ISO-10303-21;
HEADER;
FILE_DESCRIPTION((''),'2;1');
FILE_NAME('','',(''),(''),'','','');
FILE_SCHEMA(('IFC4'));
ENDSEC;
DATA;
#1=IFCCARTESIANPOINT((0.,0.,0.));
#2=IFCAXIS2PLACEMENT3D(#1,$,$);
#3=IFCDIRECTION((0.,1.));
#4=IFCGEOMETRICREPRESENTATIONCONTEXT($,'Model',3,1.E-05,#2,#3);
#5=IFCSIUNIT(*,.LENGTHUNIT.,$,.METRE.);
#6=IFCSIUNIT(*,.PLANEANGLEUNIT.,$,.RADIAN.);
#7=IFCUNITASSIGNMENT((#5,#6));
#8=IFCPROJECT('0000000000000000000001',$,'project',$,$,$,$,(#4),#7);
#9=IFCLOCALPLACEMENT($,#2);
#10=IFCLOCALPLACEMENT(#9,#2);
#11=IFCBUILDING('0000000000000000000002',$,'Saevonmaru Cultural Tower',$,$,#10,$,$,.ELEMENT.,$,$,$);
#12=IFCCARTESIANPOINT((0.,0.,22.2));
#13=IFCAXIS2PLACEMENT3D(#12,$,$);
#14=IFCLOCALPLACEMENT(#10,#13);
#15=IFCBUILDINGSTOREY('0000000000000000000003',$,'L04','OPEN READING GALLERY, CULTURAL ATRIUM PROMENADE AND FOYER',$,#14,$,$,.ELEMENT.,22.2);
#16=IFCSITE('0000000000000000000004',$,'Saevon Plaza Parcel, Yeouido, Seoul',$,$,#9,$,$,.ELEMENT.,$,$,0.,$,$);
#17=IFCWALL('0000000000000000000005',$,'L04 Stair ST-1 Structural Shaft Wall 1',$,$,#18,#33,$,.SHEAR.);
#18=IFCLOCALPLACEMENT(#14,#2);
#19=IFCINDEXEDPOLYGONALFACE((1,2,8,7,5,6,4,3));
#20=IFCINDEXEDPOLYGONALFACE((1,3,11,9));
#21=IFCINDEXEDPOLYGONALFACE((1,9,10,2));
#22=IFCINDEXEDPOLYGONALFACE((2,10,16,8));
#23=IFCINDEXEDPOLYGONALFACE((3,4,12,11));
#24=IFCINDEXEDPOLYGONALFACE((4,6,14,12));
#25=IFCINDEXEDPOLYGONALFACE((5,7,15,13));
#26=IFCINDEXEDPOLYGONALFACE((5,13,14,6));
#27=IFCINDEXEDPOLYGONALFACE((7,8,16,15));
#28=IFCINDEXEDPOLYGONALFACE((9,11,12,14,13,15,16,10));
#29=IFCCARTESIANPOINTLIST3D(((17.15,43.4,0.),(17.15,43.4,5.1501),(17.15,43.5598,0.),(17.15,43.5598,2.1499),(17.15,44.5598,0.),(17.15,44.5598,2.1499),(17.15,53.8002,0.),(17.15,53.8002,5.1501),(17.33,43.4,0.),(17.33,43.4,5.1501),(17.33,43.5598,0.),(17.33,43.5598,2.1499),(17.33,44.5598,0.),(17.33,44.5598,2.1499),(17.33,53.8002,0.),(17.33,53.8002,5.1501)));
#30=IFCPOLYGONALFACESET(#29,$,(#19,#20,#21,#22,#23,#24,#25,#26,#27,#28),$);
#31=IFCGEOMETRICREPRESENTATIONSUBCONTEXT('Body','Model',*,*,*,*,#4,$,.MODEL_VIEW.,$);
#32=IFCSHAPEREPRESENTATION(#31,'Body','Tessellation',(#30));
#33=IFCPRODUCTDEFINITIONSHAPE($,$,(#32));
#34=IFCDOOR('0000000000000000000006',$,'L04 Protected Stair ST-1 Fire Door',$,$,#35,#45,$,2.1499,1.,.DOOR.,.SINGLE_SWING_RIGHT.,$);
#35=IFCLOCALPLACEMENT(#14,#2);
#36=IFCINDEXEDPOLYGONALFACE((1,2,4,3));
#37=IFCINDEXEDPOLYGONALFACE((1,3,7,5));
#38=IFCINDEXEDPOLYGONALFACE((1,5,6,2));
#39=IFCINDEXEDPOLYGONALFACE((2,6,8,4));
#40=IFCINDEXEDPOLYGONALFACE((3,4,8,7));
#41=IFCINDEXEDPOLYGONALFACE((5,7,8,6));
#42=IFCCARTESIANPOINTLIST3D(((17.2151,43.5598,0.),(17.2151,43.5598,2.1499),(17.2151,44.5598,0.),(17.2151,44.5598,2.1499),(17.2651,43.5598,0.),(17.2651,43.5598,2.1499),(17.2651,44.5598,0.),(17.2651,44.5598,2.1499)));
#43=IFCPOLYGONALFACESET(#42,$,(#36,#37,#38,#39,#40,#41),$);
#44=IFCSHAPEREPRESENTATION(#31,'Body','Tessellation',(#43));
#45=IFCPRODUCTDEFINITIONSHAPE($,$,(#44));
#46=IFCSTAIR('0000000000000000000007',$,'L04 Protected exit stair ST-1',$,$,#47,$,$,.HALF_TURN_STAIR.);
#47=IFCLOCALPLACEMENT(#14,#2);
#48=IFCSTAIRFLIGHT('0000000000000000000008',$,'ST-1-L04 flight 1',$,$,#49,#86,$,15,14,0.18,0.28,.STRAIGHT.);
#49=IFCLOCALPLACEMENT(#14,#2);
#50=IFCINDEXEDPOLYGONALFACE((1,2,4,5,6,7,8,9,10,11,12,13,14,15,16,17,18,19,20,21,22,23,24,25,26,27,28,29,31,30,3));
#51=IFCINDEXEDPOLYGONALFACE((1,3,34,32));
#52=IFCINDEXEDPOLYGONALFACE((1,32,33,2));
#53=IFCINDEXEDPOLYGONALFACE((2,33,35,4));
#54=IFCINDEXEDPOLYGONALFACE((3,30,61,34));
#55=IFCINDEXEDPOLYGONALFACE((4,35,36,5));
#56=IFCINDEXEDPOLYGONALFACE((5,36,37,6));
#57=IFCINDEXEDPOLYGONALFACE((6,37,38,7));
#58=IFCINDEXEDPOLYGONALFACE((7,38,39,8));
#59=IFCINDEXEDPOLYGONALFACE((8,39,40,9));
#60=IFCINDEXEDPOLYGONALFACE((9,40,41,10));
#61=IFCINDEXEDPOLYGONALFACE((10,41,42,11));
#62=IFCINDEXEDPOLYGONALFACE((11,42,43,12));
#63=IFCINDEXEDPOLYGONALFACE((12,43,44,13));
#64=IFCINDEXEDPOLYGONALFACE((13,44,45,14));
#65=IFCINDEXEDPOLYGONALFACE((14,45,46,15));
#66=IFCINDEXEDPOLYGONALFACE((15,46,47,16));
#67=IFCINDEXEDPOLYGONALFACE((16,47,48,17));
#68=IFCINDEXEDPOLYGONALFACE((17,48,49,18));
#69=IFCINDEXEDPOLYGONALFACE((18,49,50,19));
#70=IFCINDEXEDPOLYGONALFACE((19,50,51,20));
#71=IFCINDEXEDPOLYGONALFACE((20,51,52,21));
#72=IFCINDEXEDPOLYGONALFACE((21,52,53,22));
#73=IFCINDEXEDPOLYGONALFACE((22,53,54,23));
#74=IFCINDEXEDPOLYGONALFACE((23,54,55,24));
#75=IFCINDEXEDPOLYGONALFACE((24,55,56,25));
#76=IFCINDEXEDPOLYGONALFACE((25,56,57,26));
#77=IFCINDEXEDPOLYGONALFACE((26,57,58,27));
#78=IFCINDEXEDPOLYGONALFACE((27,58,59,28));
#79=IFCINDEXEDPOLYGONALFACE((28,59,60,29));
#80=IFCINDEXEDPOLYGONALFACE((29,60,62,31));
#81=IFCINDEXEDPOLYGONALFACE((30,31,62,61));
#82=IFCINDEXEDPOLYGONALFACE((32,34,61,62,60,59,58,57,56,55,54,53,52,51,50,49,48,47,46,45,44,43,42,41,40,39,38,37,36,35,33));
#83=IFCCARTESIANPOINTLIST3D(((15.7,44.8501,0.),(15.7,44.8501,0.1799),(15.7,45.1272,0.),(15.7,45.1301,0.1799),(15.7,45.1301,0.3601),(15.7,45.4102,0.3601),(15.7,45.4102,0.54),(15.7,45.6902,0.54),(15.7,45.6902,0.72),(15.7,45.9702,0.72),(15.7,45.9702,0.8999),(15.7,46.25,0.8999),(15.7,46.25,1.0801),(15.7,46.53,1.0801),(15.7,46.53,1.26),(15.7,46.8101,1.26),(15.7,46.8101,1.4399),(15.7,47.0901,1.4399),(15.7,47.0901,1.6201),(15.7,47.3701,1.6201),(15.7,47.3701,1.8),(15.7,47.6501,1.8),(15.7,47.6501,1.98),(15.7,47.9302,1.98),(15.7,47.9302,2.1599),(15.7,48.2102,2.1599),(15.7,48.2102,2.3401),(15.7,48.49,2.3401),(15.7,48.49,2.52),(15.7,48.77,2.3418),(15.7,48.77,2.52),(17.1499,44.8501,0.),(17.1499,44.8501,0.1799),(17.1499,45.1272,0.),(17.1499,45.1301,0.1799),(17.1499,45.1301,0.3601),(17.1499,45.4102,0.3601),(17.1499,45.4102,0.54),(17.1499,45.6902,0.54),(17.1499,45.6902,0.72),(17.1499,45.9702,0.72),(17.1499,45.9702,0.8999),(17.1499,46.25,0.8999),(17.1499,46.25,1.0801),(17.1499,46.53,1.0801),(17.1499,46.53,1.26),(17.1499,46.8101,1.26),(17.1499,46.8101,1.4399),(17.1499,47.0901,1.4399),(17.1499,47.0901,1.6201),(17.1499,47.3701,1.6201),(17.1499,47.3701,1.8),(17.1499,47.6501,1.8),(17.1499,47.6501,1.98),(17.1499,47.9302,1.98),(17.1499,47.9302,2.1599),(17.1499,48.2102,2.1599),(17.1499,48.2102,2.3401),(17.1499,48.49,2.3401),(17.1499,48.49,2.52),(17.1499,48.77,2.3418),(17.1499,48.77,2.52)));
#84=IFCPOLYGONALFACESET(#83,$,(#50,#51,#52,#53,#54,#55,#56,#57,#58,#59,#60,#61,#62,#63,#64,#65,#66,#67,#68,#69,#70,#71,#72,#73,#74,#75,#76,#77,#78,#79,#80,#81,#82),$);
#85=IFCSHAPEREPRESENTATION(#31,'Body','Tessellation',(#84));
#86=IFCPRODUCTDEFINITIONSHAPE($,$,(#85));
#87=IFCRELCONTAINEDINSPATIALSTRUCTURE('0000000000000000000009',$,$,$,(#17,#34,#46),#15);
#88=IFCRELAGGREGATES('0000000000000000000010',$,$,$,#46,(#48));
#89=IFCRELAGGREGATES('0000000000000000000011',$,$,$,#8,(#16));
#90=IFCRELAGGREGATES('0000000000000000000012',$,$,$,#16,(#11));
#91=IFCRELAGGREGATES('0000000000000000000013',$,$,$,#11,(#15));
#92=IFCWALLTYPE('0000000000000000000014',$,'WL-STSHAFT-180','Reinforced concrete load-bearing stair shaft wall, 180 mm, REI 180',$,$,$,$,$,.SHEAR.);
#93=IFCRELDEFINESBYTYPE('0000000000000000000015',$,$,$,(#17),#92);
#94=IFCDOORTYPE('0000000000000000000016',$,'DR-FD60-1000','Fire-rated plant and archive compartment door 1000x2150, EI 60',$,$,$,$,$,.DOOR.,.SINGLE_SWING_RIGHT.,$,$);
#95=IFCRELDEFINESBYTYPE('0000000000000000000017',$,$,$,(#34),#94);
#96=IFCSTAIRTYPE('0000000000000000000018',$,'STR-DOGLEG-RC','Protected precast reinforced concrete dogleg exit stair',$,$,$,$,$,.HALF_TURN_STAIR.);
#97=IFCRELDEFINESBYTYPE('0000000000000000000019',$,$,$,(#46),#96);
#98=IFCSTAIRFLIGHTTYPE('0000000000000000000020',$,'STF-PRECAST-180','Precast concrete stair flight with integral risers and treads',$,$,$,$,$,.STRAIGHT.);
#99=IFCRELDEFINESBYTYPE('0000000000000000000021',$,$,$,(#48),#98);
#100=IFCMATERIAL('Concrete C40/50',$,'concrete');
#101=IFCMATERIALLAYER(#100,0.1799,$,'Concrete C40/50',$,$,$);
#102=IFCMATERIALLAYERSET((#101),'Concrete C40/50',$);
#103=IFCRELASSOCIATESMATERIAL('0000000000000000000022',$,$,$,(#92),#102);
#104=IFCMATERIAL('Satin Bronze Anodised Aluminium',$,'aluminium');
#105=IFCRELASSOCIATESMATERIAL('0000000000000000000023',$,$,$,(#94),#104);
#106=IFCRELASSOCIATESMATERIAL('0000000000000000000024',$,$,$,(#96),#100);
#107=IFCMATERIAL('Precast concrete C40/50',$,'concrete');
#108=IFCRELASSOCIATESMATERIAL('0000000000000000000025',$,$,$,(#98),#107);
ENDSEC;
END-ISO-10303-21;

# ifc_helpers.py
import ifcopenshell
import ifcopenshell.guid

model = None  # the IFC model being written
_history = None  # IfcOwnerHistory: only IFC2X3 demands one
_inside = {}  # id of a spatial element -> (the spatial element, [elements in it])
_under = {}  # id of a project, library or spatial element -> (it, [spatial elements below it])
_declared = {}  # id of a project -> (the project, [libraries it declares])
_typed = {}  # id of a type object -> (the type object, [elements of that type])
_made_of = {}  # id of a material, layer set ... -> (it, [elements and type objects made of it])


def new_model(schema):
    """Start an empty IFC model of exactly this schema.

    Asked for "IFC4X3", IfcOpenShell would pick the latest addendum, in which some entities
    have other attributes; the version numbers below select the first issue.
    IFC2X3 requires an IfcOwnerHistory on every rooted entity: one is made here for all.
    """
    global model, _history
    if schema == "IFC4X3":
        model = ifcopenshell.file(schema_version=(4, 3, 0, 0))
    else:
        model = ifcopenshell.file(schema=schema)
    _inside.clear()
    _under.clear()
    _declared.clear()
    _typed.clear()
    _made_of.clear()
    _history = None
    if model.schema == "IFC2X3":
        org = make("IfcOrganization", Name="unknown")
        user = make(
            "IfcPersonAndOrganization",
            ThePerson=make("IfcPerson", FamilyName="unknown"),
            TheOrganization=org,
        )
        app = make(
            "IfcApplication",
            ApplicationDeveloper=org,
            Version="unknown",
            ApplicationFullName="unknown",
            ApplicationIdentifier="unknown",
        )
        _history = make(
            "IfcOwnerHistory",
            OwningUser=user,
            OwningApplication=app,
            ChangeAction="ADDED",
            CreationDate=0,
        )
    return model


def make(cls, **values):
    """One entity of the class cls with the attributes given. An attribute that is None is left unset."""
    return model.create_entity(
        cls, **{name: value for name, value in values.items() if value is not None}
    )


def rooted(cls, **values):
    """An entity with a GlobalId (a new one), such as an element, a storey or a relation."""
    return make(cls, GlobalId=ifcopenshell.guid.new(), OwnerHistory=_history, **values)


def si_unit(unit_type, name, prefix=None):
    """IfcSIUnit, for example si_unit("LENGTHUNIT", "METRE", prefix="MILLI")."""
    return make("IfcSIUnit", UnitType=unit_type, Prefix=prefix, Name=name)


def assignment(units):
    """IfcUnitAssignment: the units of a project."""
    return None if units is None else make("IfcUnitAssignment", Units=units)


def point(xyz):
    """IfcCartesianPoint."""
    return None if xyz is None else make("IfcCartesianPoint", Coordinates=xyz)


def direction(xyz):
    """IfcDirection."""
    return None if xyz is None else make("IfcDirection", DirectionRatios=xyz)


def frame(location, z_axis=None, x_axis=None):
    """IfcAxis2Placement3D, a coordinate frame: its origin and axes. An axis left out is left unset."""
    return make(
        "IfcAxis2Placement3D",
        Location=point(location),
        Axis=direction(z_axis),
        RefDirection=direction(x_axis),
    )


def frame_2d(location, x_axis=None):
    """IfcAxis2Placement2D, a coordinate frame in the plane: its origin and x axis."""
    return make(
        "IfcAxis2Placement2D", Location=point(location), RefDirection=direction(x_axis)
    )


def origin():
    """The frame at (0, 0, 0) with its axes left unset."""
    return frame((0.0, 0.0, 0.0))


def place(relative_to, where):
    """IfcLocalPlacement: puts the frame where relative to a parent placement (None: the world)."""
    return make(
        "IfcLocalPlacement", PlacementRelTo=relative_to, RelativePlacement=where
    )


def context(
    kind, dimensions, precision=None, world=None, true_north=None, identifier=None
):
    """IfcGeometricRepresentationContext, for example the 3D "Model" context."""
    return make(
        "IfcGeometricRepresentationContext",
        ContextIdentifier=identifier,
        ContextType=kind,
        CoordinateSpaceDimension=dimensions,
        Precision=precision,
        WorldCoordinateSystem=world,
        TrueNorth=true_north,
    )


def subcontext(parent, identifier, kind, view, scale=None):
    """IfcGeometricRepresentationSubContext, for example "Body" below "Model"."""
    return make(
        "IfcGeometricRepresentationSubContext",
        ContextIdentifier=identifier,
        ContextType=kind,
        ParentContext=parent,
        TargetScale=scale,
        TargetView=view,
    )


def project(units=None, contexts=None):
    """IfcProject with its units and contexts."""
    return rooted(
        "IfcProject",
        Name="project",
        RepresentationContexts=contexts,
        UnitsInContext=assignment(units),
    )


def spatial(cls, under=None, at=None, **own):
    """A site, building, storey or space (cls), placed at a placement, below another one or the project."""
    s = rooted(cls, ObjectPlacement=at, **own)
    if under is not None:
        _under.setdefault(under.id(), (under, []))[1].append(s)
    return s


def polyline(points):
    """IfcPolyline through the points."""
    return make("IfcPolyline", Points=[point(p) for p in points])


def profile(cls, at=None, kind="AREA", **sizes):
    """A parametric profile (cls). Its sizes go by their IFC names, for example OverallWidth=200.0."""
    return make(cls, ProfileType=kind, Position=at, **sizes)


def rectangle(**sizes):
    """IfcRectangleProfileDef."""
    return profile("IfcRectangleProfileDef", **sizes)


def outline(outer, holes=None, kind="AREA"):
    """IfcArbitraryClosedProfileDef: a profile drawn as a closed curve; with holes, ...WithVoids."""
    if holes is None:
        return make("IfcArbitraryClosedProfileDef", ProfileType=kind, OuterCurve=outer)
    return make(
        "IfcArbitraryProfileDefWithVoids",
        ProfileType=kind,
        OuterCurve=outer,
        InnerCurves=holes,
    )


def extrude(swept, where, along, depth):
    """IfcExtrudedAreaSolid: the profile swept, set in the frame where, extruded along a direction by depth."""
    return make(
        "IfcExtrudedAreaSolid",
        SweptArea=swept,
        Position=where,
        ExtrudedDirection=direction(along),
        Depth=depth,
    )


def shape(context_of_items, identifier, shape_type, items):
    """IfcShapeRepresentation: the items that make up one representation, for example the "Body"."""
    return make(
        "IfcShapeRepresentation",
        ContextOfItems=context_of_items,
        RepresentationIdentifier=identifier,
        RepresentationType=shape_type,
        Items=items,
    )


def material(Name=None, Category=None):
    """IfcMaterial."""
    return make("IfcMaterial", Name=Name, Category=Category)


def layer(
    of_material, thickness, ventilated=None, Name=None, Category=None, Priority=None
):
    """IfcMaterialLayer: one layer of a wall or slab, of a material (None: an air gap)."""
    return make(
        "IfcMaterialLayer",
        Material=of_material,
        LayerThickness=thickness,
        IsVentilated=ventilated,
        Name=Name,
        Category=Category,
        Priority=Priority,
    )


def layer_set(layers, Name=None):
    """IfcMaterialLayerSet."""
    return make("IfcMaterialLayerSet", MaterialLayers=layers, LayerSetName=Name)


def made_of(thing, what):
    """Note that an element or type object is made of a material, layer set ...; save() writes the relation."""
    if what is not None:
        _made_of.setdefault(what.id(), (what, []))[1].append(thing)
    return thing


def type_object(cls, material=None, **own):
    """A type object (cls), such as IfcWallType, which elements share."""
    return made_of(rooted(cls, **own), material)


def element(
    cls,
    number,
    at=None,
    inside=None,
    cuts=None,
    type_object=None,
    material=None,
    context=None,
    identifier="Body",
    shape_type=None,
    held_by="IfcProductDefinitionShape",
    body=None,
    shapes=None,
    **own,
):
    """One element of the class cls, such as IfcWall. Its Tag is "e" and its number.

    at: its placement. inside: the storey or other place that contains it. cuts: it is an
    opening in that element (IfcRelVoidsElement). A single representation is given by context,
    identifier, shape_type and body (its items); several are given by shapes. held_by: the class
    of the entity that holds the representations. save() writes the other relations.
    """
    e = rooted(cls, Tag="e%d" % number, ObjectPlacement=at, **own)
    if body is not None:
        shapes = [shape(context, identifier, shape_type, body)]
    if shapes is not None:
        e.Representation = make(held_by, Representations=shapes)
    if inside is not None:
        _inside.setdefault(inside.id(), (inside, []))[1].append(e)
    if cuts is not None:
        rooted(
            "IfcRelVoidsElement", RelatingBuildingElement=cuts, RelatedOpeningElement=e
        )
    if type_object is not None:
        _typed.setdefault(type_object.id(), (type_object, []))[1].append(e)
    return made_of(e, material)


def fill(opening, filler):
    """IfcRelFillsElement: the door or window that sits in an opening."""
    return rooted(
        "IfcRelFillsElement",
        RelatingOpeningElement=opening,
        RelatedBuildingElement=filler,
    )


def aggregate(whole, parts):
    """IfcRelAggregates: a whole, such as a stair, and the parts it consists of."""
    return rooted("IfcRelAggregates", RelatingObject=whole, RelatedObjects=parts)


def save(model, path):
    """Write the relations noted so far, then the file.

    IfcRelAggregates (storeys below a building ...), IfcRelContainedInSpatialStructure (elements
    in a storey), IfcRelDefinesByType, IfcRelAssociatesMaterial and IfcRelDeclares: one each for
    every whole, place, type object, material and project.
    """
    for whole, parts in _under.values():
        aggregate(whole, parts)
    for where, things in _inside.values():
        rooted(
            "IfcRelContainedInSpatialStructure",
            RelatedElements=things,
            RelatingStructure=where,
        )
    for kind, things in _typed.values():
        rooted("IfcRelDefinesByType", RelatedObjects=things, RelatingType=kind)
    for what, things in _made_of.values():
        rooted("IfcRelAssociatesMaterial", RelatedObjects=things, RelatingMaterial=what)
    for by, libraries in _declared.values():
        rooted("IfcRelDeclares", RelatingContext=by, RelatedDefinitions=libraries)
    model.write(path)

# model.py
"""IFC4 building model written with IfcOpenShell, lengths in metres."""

from ifc_helpers import new_model, si_unit, direction, frame, frame_2d, origin, place, context, subcontext, project, spatial, polyline, rectangle, outline, extrude, material, layer, layer_set, type_object, element, fill, aggregate, save


model = new_model("IFC4")

# Units and contexts
model_context = context("Model", 3, precision=1e-05, world=origin(), true_north=direction((0.0, 1.0)))
body_context = subcontext(model_context, "Body", "Model", "MODEL_VIEW")
ifc_project = project(units=[si_unit("LENGTHUNIT", "METRE"), si_unit("PLANEANGLEUNIT", "RADIAN")], contexts=[model_context])

# Site, building, storey
site_placement = place(None, origin())
site = spatial("IfcSite", under=ifc_project, at=site_placement, Name="Saevon Plaza Parcel, Yeouido, Seoul", CompositionType="ELEMENT", RefElevation=0.0)
building_placement = place(site_placement, origin())
building = spatial("IfcBuilding", under=site, at=building_placement, Name="Saevonmaru Cultural Tower", CompositionType="ELEMENT")
storey_placement = place(building_placement, frame((0.0, 0.0, 22.2)))
storey = spatial("IfcBuildingStorey", under=building, at=storey_placement, Name="L04", Description="OPEN READING GALLERY, CULTURAL ATRIUM PROMENADE AND FOYER", CompositionType="ELEMENT", Elevation=22.2)

# Shared definitions
ifc_material_1 = material(Name="Satin Bronze Anodised Aluminium", Category="aluminium")

# Wall, opening, door
ifc_material_2 = material(Name="Concrete C40/50", Category="concrete")
ifc_layer_1 = layer(ifc_material_2, 0.1799, Name="Concrete C40/50")
ifc_layer_set_1 = layer_set([ifc_layer_1], Name="Concrete C40/50")
wall_type_1 = type_object("IfcWallType", Name="WL-STSHAFT-180", Description="Reinforced concrete load-bearing stair shaft wall, 180 mm, REI 180", PredefinedType="SHEAR", material=ifc_layer_set_1)
wall_1_placement = place(storey_placement, frame((17.24, 43.3999, 0.0), z_axis=(0.0, 0.0, 1.0), x_axis=(0.0, 1.0, 0.0)))
wall_1 = element("IfcWall", 1, at=wall_1_placement, inside=storey, type_object=wall_type_1, Name="L04 Stair ST-1 Structural Shaft Wall 1", PredefinedType="SHEAR", context=body_context, shape_type="SweptSolid", body=[
    extrude(rectangle(XDim=10.4001, YDim=0.1799, at=frame_2d((5.2002, 0.0))), origin(), (0.0, 0.0, 1.0), 5.1501),
])
opening_1_placement = place(wall_1_placement, frame((0.1599, 0.0, 0.0)))
opening_1 = element("IfcOpeningElement", 2, at=opening_1_placement, cuts=wall_1, PredefinedType="OPENING", context=body_context, shape_type="SweptSolid", body=[
    extrude(rectangle(XDim=1.0, YDim=2.1499, at=frame_2d((0.5, 1.075))), frame((0.0, 0.1001, 0.0), z_axis=(0.0, -1.0, 0.0), x_axis=(1.0, 0.0, 0.0)), (0.0, 0.0, 1.0), 0.2),
])
door_type_1 = type_object("IfcDoorType", Name="DR-FD60-1000", Description="Fire-rated plant and archive compartment door 1000x2150, EI 60", OperationType="SINGLE_SWING_RIGHT", PredefinedType="DOOR", material=ifc_material_1)
door_1_placement = place(opening_1_placement, origin())
door_1 = element("IfcDoor", 3, at=door_1_placement, inside=storey, type_object=door_type_1, Name="L04 Protected Stair ST-1 Fire Door", OperationType="SINGLE_SWING_RIGHT", OverallHeight=2.1499, OverallWidth=1.0, PredefinedType="DOOR", context=body_context, shape_type="SweptSolid", body=[
    extrude(rectangle(XDim=1.0, YDim=2.1499, at=frame_2d((0.5, 1.075))), frame((0.0, 0.0249, 0.0), z_axis=(0.0, -1.0, 0.0), x_axis=(1.0, 0.0, 0.0)), (0.0, 0.0, 1.0), 0.05),
])
fill(opening_1, door_1)

# Stair, stair flight
stair_type = type_object("IfcStairType", Name="STR-DOGLEG-RC", Description="Protected precast reinforced concrete dogleg exit stair", PredefinedType="HALF_TURN_STAIR", material=ifc_material_2)
stair_placement = place(storey_placement, origin())
stair = element("IfcStair", 4, at=stair_placement, inside=storey, type_object=stair_type, Name="L04 Protected exit stair ST-1", PredefinedType="HALF_TURN_STAIR")
ifc_material_3 = material(Name="Precast concrete C40/50", Category="concrete")
stair_flight_type = type_object("IfcStairFlightType", Name="STF-PRECAST-180", Description="Precast concrete stair flight with integral risers and treads", PredefinedType="STRAIGHT", material=ifc_material_3)
stair_flight_placement = place(storey_placement, frame((16.425, 44.8501, 0.0), z_axis=(0.0, 0.0, 1.0), x_axis=(0.0, 1.0, 0.0)))
stair_flight = element("IfcStairFlight", 5, at=stair_flight_placement, type_object=stair_flight_type, Name="ST-1-L04 flight 1", NumberOfRisers=15, NumberOfTreads=14, PredefinedType="STRAIGHT", RiserHeight=0.18, TreadLength=0.28, context=body_context, shape_type="SweptSolid", body=[
    extrude(outline(polyline([(0.0, 0.0), (0.0, 0.1799), (0.28, 0.1799), (0.28, 0.3601), (0.5601, 0.3601), (0.5601, 0.54), (0.8401, 0.54), (0.8401, 0.72), (1.1201, 0.72), (1.1201, 0.8999), (1.3999, 0.8999), (1.3999, 1.0801), (1.6799, 1.0801), (1.6799, 1.26), (1.96, 1.26), (1.96, 1.4399), (2.24, 1.4399), (2.24, 1.6201), (2.52, 1.6201), (2.52, 1.8), (2.8, 1.8), (2.8, 1.98), (3.0801, 1.98), (3.0801, 2.1599), (3.3601, 2.1599), (3.3601, 2.3401), (3.6399, 2.3401), (3.6399, 2.52), (3.9199, 2.52), (3.9199, 2.7), (3.9199, 2.3418), (0.2771, 0.0), (0.0, 0.0)])), frame((0.0, 0.7251, 0.0), z_axis=(0.0, -1.0, 0.0), x_axis=(1.0, 0.0, 0.0)), (0.0, 0.0, 1.0), 1.45),
])
aggregate(stair, [stair_flight])

save(model, "model.ifc")
